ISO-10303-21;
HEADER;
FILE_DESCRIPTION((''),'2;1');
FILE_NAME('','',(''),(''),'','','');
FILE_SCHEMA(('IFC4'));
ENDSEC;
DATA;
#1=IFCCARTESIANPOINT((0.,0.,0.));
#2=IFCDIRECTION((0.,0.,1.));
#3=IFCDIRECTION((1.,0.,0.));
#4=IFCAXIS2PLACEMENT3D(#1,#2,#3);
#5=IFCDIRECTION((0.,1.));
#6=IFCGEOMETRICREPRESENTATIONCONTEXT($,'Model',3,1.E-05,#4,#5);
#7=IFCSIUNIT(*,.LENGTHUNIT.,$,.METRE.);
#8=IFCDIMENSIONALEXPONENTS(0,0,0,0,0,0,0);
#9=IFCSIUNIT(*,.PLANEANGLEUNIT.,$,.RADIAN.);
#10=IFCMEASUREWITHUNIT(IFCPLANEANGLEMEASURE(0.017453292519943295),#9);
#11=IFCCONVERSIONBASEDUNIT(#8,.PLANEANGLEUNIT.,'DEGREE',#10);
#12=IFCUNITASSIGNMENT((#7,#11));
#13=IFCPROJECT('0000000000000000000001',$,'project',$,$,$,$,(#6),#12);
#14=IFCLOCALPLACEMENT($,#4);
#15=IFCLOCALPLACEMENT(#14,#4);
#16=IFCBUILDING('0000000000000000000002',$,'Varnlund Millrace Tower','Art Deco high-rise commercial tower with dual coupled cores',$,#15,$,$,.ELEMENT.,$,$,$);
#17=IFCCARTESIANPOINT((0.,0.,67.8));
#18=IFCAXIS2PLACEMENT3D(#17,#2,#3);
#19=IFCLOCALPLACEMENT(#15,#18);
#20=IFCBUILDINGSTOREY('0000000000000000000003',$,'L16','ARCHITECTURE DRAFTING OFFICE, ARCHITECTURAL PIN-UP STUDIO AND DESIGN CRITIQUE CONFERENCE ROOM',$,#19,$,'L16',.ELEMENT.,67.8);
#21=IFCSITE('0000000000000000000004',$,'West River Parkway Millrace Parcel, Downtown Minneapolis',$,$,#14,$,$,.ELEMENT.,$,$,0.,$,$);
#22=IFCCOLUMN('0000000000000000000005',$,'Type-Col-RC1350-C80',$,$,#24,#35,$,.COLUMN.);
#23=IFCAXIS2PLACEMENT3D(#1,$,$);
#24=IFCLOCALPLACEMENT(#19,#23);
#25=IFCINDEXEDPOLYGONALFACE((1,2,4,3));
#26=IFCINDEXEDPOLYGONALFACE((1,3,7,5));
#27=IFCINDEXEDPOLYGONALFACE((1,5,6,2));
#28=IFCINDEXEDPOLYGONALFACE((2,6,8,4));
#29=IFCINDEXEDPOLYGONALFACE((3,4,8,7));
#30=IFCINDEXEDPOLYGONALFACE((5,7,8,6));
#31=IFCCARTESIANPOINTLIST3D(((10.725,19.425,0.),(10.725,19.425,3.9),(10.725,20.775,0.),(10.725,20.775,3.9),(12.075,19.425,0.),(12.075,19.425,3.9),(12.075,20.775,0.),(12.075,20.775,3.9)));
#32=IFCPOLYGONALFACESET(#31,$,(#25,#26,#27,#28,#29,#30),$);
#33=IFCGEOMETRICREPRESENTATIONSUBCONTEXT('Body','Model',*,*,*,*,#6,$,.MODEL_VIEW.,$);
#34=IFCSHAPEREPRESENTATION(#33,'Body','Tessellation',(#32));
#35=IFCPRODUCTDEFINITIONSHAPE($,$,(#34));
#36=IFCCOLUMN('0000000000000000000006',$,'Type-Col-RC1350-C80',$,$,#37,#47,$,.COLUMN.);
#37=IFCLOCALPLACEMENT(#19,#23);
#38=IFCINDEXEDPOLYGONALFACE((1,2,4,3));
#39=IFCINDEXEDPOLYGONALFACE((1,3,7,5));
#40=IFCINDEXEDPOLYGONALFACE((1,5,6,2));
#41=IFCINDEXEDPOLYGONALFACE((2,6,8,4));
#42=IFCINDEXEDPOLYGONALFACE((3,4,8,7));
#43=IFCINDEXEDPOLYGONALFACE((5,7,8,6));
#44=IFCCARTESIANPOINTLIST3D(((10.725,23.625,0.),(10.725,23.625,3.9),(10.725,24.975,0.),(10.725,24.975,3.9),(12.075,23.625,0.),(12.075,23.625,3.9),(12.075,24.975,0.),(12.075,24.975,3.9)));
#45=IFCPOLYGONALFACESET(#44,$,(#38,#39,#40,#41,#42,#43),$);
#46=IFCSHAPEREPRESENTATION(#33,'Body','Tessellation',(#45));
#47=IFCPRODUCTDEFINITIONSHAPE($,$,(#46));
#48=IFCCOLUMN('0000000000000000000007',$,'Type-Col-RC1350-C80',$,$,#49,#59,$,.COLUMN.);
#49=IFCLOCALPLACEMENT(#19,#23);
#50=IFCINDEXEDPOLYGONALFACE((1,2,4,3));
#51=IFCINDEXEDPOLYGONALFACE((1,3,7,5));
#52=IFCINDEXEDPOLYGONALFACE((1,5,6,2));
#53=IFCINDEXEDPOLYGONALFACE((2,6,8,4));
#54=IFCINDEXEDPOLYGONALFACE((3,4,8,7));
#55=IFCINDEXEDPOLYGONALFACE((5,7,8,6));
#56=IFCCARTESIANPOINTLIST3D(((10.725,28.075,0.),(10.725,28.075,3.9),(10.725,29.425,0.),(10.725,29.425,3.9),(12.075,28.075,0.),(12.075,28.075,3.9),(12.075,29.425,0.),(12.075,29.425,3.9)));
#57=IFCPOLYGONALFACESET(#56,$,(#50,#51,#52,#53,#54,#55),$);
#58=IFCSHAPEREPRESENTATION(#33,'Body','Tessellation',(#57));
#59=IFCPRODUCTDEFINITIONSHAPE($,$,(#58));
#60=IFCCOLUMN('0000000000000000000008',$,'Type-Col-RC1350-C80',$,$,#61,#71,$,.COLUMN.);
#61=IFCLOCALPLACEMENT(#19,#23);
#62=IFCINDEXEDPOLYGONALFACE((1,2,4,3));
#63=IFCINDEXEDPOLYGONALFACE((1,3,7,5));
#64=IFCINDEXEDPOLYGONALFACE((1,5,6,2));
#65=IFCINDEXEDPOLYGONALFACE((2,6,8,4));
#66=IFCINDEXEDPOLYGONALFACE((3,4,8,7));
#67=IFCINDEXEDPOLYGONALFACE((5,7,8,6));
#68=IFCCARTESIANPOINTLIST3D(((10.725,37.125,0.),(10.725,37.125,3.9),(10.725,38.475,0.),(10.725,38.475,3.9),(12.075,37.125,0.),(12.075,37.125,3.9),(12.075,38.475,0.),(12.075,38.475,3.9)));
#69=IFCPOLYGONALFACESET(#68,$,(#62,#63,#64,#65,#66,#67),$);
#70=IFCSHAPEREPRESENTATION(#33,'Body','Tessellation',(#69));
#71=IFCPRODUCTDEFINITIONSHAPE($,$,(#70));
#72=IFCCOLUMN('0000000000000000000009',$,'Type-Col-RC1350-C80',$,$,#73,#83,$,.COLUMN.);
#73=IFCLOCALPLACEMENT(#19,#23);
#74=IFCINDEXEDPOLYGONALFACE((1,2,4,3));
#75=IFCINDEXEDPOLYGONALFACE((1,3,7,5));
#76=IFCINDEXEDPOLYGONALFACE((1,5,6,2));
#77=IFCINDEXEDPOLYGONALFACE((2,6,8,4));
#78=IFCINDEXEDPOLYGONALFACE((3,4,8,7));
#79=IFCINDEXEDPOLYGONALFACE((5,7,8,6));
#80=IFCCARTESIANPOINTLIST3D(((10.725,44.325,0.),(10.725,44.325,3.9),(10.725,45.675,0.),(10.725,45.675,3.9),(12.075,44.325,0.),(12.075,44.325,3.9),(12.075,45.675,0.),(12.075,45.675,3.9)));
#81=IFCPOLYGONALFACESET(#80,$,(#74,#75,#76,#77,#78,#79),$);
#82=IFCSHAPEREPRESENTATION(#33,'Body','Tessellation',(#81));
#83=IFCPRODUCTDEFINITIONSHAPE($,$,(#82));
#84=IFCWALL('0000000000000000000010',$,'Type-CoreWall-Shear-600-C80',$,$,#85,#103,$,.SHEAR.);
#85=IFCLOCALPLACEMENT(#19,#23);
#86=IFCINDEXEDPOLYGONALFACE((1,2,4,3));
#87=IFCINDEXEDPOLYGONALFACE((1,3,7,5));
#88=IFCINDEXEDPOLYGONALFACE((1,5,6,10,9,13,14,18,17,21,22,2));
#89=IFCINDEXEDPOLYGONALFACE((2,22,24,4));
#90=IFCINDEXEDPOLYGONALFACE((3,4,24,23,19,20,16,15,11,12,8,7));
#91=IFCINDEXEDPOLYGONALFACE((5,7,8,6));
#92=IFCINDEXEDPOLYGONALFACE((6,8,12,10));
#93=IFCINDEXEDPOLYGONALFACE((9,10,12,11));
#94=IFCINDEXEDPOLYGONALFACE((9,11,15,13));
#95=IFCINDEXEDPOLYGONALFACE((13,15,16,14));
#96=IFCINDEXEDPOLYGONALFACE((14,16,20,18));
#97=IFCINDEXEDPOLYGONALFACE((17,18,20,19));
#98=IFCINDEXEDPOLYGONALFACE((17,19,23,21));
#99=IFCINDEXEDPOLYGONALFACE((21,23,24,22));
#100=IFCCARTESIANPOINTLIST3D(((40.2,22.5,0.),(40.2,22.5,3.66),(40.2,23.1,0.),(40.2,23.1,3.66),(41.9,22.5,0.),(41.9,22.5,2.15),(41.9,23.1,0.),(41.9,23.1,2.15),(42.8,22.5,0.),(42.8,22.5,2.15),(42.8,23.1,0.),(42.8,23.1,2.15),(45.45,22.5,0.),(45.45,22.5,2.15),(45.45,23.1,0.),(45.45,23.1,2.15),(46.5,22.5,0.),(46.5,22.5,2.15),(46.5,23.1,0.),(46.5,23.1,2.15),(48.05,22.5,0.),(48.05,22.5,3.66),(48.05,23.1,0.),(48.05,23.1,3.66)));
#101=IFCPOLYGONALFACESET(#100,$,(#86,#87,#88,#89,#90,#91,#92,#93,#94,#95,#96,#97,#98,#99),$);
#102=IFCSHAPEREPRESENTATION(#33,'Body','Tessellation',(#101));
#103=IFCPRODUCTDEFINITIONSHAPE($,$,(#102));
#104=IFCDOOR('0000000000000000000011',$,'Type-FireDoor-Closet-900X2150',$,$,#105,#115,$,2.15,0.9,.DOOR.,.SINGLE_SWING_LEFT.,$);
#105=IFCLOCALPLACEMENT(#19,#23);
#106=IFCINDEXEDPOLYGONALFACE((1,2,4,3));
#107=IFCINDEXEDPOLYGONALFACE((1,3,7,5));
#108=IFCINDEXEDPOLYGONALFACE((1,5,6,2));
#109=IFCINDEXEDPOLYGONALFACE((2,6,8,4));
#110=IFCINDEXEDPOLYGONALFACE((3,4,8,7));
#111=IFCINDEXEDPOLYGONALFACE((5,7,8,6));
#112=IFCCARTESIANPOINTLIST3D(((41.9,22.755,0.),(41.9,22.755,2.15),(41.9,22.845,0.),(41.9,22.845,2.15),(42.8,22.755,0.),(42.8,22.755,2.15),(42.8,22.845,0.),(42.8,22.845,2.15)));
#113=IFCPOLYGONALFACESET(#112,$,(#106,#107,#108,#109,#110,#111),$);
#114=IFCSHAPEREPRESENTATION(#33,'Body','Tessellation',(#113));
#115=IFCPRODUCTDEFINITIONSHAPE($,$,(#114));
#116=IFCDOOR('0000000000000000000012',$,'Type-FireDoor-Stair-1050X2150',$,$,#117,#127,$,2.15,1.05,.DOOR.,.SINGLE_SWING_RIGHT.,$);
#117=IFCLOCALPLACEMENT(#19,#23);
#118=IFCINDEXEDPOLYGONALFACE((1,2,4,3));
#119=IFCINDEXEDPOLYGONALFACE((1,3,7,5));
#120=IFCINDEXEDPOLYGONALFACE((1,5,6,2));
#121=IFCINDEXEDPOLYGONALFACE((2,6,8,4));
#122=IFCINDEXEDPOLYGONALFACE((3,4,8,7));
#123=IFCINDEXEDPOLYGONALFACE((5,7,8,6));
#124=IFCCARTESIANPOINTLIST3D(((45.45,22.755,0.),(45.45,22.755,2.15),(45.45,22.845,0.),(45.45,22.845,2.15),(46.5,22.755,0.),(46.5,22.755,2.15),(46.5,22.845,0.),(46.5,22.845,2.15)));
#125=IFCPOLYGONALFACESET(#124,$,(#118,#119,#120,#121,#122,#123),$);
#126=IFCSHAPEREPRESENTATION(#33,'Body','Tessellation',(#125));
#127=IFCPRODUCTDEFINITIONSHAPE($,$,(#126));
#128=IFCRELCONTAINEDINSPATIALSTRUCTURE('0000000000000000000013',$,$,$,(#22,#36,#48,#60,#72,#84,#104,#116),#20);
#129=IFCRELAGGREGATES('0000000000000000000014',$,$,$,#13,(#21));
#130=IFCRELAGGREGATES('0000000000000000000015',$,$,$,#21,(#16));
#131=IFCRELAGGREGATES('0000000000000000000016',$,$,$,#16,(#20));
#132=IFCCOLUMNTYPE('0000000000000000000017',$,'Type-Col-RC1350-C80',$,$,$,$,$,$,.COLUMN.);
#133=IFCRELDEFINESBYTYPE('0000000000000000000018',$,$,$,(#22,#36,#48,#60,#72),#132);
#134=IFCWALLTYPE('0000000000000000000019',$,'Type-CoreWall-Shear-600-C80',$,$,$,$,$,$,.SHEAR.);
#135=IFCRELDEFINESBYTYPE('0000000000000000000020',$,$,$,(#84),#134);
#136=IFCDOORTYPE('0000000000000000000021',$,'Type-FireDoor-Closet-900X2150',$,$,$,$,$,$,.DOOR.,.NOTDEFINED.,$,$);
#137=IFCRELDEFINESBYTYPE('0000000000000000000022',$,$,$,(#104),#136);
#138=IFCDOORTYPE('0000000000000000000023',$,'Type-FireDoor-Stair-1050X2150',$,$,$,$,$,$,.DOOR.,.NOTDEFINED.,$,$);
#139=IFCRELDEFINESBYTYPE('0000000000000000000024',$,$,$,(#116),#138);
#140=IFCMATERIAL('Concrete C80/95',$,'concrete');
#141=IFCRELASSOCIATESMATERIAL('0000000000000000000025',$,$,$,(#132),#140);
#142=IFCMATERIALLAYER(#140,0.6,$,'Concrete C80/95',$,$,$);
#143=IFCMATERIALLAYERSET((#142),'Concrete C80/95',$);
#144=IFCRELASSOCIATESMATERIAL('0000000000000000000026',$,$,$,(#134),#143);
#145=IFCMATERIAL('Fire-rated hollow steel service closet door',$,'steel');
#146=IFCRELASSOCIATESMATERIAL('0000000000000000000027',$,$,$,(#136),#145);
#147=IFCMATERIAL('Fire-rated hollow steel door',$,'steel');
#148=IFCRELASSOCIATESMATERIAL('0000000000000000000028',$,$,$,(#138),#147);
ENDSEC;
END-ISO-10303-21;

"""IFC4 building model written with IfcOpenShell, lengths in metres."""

from ifc_helpers import new_model, entity, si_unit, converted_unit, direction, frame, origin_with_axes, origin_2d_with_axis, place, context, subcontext, project, spatial, polyline, rectangle, outline, extrude, material, layer, layer_set, material_profile, profile_set, type_object, element, fill, save


model = new_model("IFC4")

# Units and contexts
model_context = context("Model", 3, precision=1e-05, world=origin_with_axes(), true_north=direction((0.0, 1.0)))
body_context = subcontext(model_context, "Body", "Model", "MODEL_VIEW")
ifc_project = project(units=[si_unit("LENGTHUNIT", "METRE"), converted_unit("PLANEANGLEUNIT", "DEGREE", entity("IfcPlaneAngleMeasure", 0.017453292519943295), si_unit("PLANEANGLEUNIT", "RADIAN"), dimensions=[0, 0, 0, 0, 0, 0, 0])], contexts=[model_context])

# Site, building, storey
site_placement = place(None, origin_with_axes())
site = spatial("IfcSite", under=ifc_project, at=site_placement, Name="West River Parkway Millrace Parcel, Downtown Minneapolis", CompositionType="ELEMENT", RefElevation=0.0)
building_placement = place(site_placement, origin_with_axes())
building = spatial("IfcBuilding", under=site, at=building_placement, Name="Varnlund Millrace Tower", Description="Art Deco high-rise commercial tower with dual coupled cores", CompositionType="ELEMENT")
storey_placement = place(building_placement, frame((0.0, 0.0, 67.8), z_axis=(0.0, 0.0, 1.0), x_axis=(1.0, 0.0, 0.0)))
storey = spatial("IfcBuildingStorey", under=building, at=storey_placement, Name="L16", Description="ARCHITECTURE DRAFTING OFFICE, ARCHITECTURAL PIN-UP STUDIO AND DESIGN CRITIQUE CONFERENCE ROOM", LongName="L16", CompositionType="ELEMENT", Elevation=67.8)

# Columns
ifc_material_1 = material(Name="Concrete C80/95", Category="concrete")
ifc_material_profile = material_profile(ifc_material_1, rectangle(XDim=1.35, YDim=1.35, at=origin_2d_with_axis()), Name="Concrete C80/95")
ifc_profile_set = profile_set([ifc_material_profile], Name="Concrete C80/95")
column_type = type_object("IfcColumnType", Name="Type-Col-RC1350-C80", PredefinedType="COLUMN", material=ifc_profile_set)
for number, where, z_axis, x_axis, name in (
    (1, (11.4, 20.1, 0.0), (0.0, 0.0, 1.0), (1.0, 0.0, 0.0), "Type-Col-RC1350-C80"),
    (2, (11.4, 24.3, 0.0), (0.0, 0.0, 1.0), (1.0, 0.0, 0.0), "Type-Col-RC1350-C80"),
    (3, (11.4, 28.75, 0.0), (0.0, 0.0, 1.0), (1.0, 0.0, 0.0), "Type-Col-RC1350-C80"),
    (4, (11.4, 37.8, 0.0), (0.0, 0.0, 1.0), (1.0, 0.0, 0.0), "Type-Col-RC1350-C80"),
    (5, (11.4, 45.0, 0.0), (0.0, 0.0, 1.0), (1.0, 0.0, 0.0), "Type-Col-RC1350-C80"),
):
    element("IfcColumn", number, at=place(storey_placement, frame(where, z_axis=z_axis, x_axis=x_axis)), inside=storey, type_object=column_type, Name=name, PredefinedType="COLUMN", context=body_context, shape_type="SweptSolid", body=[
        extrude(rectangle(XDim=1.35, YDim=1.35, at=origin_2d_with_axis()), origin_with_axes(), (0.0, 0.0, 1.0), 3.9),
    ])

# Wall, openings, doors
ifc_layer_1 = layer(ifc_material_1, 0.6, Name="Concrete C80/95")
ifc_layer_set_1 = layer_set([ifc_layer_1], Name="Concrete C80/95")
wall_type_1 = type_object("IfcWallType", Name="Type-CoreWall-Shear-600-C80", PredefinedType="SHEAR", material=ifc_layer_set_1)
wall_1_placement = place(storey_placement, frame((40.2, 22.8, 0.0), z_axis=(0.0, 0.0, 1.0), x_axis=(1.0, 0.0, 0.0)))
wall_1 = element("IfcWall", 6, at=wall_1_placement, inside=storey, type_object=wall_type_1, Name="Type-CoreWall-Shear-600-C80", PredefinedType="SHEAR", context=body_context, shape_type="SweptSolid", body=[
    extrude(outline(polyline([(0.0, -0.3), (7.85, -0.3), (7.85, 0.3), (0.0, 0.3), (0.0, -0.3)])), origin_with_axes(), (0.0, 0.0, 1.0), 3.66),
])
opening_1_placement = place(wall_1_placement, frame((5.775, 0.0, 0.0), z_axis=(0.0, 0.0, 1.0), x_axis=(1.0, 0.0, 0.0)))
opening_1 = element("IfcOpeningElement", 7, at=opening_1_placement, cuts=wall_1, PredefinedType="OPENING", context=body_context, shape_type="SweptSolid", body=[
    extrude(rectangle(XDim=1.05, YDim=0.62, at=origin_2d_with_axis()), origin_with_axes(), (0.0, 0.0, 1.0), 2.15),
])
opening_2_placement = place(wall_1_placement, frame((2.15, 0.0, 0.0), z_axis=(0.0, 0.0, 1.0), x_axis=(1.0, 0.0, 0.0)))
opening_2 = element("IfcOpeningElement", 8, at=opening_2_placement, cuts=wall_1, PredefinedType="OPENING", context=body_context, shape_type="SweptSolid", body=[
    extrude(rectangle(XDim=0.9, YDim=0.62, at=origin_2d_with_axis()), origin_with_axes(), (0.0, 0.0, 1.0), 2.15),
])
ifc_material_2 = material(Name="Fire-rated hollow steel service closet door", Category="steel")
door_type_1 = type_object("IfcDoorType", Name="Type-FireDoor-Closet-900X2150", OperationType="NOTDEFINED", PredefinedType="DOOR", material=ifc_material_2)
door_1_placement = place(wall_1_placement, frame((2.15, 0.0, 0.0), z_axis=(0.0, 0.0, 1.0), x_axis=(1.0, 0.0, 0.0)))
door_1 = element("IfcDoor", 9, at=door_1_placement, inside=storey, type_object=door_type_1, Name="Type-FireDoor-Closet-900X2150", OperationType="SINGLE_SWING_LEFT", OverallHeight=2.15, OverallWidth=0.9, PredefinedType="DOOR", context=body_context, shape_type="SweptSolid", body=[
    extrude(rectangle(XDim=0.9, YDim=0.09, at=origin_2d_with_axis()), origin_with_axes(), (0.0, 0.0, 1.0), 2.15),
])
fill(opening_2, door_1)
ifc_material_3 = material(Name="Fire-rated hollow steel door", Category="steel")
door_type_2 = type_object("IfcDoorType", Name="Type-FireDoor-Stair-1050X2150", OperationType="NOTDEFINED", PredefinedType="DOOR", material=ifc_material_3)
door_2_placement = place(wall_1_placement, frame((5.775, 0.0, 0.0), z_axis=(0.0, 0.0, 1.0), x_axis=(1.0, 0.0, 0.0)))
door_2 = element("IfcDoor", 10, at=door_2_placement, inside=storey, type_object=door_type_2, Name="Type-FireDoor-Stair-1050X2150", OperationType="SINGLE_SWING_RIGHT", OverallHeight=2.15, OverallWidth=1.05, PredefinedType="DOOR", context=body_context, shape_type="SweptSolid", body=[
    extrude(rectangle(XDim=1.05, YDim=0.09, at=origin_2d_with_axis()), origin_with_axes(), (0.0, 0.0, 1.0), 2.15),
])
fill(opening_1, door_2)

save(model, "model.ifc")
